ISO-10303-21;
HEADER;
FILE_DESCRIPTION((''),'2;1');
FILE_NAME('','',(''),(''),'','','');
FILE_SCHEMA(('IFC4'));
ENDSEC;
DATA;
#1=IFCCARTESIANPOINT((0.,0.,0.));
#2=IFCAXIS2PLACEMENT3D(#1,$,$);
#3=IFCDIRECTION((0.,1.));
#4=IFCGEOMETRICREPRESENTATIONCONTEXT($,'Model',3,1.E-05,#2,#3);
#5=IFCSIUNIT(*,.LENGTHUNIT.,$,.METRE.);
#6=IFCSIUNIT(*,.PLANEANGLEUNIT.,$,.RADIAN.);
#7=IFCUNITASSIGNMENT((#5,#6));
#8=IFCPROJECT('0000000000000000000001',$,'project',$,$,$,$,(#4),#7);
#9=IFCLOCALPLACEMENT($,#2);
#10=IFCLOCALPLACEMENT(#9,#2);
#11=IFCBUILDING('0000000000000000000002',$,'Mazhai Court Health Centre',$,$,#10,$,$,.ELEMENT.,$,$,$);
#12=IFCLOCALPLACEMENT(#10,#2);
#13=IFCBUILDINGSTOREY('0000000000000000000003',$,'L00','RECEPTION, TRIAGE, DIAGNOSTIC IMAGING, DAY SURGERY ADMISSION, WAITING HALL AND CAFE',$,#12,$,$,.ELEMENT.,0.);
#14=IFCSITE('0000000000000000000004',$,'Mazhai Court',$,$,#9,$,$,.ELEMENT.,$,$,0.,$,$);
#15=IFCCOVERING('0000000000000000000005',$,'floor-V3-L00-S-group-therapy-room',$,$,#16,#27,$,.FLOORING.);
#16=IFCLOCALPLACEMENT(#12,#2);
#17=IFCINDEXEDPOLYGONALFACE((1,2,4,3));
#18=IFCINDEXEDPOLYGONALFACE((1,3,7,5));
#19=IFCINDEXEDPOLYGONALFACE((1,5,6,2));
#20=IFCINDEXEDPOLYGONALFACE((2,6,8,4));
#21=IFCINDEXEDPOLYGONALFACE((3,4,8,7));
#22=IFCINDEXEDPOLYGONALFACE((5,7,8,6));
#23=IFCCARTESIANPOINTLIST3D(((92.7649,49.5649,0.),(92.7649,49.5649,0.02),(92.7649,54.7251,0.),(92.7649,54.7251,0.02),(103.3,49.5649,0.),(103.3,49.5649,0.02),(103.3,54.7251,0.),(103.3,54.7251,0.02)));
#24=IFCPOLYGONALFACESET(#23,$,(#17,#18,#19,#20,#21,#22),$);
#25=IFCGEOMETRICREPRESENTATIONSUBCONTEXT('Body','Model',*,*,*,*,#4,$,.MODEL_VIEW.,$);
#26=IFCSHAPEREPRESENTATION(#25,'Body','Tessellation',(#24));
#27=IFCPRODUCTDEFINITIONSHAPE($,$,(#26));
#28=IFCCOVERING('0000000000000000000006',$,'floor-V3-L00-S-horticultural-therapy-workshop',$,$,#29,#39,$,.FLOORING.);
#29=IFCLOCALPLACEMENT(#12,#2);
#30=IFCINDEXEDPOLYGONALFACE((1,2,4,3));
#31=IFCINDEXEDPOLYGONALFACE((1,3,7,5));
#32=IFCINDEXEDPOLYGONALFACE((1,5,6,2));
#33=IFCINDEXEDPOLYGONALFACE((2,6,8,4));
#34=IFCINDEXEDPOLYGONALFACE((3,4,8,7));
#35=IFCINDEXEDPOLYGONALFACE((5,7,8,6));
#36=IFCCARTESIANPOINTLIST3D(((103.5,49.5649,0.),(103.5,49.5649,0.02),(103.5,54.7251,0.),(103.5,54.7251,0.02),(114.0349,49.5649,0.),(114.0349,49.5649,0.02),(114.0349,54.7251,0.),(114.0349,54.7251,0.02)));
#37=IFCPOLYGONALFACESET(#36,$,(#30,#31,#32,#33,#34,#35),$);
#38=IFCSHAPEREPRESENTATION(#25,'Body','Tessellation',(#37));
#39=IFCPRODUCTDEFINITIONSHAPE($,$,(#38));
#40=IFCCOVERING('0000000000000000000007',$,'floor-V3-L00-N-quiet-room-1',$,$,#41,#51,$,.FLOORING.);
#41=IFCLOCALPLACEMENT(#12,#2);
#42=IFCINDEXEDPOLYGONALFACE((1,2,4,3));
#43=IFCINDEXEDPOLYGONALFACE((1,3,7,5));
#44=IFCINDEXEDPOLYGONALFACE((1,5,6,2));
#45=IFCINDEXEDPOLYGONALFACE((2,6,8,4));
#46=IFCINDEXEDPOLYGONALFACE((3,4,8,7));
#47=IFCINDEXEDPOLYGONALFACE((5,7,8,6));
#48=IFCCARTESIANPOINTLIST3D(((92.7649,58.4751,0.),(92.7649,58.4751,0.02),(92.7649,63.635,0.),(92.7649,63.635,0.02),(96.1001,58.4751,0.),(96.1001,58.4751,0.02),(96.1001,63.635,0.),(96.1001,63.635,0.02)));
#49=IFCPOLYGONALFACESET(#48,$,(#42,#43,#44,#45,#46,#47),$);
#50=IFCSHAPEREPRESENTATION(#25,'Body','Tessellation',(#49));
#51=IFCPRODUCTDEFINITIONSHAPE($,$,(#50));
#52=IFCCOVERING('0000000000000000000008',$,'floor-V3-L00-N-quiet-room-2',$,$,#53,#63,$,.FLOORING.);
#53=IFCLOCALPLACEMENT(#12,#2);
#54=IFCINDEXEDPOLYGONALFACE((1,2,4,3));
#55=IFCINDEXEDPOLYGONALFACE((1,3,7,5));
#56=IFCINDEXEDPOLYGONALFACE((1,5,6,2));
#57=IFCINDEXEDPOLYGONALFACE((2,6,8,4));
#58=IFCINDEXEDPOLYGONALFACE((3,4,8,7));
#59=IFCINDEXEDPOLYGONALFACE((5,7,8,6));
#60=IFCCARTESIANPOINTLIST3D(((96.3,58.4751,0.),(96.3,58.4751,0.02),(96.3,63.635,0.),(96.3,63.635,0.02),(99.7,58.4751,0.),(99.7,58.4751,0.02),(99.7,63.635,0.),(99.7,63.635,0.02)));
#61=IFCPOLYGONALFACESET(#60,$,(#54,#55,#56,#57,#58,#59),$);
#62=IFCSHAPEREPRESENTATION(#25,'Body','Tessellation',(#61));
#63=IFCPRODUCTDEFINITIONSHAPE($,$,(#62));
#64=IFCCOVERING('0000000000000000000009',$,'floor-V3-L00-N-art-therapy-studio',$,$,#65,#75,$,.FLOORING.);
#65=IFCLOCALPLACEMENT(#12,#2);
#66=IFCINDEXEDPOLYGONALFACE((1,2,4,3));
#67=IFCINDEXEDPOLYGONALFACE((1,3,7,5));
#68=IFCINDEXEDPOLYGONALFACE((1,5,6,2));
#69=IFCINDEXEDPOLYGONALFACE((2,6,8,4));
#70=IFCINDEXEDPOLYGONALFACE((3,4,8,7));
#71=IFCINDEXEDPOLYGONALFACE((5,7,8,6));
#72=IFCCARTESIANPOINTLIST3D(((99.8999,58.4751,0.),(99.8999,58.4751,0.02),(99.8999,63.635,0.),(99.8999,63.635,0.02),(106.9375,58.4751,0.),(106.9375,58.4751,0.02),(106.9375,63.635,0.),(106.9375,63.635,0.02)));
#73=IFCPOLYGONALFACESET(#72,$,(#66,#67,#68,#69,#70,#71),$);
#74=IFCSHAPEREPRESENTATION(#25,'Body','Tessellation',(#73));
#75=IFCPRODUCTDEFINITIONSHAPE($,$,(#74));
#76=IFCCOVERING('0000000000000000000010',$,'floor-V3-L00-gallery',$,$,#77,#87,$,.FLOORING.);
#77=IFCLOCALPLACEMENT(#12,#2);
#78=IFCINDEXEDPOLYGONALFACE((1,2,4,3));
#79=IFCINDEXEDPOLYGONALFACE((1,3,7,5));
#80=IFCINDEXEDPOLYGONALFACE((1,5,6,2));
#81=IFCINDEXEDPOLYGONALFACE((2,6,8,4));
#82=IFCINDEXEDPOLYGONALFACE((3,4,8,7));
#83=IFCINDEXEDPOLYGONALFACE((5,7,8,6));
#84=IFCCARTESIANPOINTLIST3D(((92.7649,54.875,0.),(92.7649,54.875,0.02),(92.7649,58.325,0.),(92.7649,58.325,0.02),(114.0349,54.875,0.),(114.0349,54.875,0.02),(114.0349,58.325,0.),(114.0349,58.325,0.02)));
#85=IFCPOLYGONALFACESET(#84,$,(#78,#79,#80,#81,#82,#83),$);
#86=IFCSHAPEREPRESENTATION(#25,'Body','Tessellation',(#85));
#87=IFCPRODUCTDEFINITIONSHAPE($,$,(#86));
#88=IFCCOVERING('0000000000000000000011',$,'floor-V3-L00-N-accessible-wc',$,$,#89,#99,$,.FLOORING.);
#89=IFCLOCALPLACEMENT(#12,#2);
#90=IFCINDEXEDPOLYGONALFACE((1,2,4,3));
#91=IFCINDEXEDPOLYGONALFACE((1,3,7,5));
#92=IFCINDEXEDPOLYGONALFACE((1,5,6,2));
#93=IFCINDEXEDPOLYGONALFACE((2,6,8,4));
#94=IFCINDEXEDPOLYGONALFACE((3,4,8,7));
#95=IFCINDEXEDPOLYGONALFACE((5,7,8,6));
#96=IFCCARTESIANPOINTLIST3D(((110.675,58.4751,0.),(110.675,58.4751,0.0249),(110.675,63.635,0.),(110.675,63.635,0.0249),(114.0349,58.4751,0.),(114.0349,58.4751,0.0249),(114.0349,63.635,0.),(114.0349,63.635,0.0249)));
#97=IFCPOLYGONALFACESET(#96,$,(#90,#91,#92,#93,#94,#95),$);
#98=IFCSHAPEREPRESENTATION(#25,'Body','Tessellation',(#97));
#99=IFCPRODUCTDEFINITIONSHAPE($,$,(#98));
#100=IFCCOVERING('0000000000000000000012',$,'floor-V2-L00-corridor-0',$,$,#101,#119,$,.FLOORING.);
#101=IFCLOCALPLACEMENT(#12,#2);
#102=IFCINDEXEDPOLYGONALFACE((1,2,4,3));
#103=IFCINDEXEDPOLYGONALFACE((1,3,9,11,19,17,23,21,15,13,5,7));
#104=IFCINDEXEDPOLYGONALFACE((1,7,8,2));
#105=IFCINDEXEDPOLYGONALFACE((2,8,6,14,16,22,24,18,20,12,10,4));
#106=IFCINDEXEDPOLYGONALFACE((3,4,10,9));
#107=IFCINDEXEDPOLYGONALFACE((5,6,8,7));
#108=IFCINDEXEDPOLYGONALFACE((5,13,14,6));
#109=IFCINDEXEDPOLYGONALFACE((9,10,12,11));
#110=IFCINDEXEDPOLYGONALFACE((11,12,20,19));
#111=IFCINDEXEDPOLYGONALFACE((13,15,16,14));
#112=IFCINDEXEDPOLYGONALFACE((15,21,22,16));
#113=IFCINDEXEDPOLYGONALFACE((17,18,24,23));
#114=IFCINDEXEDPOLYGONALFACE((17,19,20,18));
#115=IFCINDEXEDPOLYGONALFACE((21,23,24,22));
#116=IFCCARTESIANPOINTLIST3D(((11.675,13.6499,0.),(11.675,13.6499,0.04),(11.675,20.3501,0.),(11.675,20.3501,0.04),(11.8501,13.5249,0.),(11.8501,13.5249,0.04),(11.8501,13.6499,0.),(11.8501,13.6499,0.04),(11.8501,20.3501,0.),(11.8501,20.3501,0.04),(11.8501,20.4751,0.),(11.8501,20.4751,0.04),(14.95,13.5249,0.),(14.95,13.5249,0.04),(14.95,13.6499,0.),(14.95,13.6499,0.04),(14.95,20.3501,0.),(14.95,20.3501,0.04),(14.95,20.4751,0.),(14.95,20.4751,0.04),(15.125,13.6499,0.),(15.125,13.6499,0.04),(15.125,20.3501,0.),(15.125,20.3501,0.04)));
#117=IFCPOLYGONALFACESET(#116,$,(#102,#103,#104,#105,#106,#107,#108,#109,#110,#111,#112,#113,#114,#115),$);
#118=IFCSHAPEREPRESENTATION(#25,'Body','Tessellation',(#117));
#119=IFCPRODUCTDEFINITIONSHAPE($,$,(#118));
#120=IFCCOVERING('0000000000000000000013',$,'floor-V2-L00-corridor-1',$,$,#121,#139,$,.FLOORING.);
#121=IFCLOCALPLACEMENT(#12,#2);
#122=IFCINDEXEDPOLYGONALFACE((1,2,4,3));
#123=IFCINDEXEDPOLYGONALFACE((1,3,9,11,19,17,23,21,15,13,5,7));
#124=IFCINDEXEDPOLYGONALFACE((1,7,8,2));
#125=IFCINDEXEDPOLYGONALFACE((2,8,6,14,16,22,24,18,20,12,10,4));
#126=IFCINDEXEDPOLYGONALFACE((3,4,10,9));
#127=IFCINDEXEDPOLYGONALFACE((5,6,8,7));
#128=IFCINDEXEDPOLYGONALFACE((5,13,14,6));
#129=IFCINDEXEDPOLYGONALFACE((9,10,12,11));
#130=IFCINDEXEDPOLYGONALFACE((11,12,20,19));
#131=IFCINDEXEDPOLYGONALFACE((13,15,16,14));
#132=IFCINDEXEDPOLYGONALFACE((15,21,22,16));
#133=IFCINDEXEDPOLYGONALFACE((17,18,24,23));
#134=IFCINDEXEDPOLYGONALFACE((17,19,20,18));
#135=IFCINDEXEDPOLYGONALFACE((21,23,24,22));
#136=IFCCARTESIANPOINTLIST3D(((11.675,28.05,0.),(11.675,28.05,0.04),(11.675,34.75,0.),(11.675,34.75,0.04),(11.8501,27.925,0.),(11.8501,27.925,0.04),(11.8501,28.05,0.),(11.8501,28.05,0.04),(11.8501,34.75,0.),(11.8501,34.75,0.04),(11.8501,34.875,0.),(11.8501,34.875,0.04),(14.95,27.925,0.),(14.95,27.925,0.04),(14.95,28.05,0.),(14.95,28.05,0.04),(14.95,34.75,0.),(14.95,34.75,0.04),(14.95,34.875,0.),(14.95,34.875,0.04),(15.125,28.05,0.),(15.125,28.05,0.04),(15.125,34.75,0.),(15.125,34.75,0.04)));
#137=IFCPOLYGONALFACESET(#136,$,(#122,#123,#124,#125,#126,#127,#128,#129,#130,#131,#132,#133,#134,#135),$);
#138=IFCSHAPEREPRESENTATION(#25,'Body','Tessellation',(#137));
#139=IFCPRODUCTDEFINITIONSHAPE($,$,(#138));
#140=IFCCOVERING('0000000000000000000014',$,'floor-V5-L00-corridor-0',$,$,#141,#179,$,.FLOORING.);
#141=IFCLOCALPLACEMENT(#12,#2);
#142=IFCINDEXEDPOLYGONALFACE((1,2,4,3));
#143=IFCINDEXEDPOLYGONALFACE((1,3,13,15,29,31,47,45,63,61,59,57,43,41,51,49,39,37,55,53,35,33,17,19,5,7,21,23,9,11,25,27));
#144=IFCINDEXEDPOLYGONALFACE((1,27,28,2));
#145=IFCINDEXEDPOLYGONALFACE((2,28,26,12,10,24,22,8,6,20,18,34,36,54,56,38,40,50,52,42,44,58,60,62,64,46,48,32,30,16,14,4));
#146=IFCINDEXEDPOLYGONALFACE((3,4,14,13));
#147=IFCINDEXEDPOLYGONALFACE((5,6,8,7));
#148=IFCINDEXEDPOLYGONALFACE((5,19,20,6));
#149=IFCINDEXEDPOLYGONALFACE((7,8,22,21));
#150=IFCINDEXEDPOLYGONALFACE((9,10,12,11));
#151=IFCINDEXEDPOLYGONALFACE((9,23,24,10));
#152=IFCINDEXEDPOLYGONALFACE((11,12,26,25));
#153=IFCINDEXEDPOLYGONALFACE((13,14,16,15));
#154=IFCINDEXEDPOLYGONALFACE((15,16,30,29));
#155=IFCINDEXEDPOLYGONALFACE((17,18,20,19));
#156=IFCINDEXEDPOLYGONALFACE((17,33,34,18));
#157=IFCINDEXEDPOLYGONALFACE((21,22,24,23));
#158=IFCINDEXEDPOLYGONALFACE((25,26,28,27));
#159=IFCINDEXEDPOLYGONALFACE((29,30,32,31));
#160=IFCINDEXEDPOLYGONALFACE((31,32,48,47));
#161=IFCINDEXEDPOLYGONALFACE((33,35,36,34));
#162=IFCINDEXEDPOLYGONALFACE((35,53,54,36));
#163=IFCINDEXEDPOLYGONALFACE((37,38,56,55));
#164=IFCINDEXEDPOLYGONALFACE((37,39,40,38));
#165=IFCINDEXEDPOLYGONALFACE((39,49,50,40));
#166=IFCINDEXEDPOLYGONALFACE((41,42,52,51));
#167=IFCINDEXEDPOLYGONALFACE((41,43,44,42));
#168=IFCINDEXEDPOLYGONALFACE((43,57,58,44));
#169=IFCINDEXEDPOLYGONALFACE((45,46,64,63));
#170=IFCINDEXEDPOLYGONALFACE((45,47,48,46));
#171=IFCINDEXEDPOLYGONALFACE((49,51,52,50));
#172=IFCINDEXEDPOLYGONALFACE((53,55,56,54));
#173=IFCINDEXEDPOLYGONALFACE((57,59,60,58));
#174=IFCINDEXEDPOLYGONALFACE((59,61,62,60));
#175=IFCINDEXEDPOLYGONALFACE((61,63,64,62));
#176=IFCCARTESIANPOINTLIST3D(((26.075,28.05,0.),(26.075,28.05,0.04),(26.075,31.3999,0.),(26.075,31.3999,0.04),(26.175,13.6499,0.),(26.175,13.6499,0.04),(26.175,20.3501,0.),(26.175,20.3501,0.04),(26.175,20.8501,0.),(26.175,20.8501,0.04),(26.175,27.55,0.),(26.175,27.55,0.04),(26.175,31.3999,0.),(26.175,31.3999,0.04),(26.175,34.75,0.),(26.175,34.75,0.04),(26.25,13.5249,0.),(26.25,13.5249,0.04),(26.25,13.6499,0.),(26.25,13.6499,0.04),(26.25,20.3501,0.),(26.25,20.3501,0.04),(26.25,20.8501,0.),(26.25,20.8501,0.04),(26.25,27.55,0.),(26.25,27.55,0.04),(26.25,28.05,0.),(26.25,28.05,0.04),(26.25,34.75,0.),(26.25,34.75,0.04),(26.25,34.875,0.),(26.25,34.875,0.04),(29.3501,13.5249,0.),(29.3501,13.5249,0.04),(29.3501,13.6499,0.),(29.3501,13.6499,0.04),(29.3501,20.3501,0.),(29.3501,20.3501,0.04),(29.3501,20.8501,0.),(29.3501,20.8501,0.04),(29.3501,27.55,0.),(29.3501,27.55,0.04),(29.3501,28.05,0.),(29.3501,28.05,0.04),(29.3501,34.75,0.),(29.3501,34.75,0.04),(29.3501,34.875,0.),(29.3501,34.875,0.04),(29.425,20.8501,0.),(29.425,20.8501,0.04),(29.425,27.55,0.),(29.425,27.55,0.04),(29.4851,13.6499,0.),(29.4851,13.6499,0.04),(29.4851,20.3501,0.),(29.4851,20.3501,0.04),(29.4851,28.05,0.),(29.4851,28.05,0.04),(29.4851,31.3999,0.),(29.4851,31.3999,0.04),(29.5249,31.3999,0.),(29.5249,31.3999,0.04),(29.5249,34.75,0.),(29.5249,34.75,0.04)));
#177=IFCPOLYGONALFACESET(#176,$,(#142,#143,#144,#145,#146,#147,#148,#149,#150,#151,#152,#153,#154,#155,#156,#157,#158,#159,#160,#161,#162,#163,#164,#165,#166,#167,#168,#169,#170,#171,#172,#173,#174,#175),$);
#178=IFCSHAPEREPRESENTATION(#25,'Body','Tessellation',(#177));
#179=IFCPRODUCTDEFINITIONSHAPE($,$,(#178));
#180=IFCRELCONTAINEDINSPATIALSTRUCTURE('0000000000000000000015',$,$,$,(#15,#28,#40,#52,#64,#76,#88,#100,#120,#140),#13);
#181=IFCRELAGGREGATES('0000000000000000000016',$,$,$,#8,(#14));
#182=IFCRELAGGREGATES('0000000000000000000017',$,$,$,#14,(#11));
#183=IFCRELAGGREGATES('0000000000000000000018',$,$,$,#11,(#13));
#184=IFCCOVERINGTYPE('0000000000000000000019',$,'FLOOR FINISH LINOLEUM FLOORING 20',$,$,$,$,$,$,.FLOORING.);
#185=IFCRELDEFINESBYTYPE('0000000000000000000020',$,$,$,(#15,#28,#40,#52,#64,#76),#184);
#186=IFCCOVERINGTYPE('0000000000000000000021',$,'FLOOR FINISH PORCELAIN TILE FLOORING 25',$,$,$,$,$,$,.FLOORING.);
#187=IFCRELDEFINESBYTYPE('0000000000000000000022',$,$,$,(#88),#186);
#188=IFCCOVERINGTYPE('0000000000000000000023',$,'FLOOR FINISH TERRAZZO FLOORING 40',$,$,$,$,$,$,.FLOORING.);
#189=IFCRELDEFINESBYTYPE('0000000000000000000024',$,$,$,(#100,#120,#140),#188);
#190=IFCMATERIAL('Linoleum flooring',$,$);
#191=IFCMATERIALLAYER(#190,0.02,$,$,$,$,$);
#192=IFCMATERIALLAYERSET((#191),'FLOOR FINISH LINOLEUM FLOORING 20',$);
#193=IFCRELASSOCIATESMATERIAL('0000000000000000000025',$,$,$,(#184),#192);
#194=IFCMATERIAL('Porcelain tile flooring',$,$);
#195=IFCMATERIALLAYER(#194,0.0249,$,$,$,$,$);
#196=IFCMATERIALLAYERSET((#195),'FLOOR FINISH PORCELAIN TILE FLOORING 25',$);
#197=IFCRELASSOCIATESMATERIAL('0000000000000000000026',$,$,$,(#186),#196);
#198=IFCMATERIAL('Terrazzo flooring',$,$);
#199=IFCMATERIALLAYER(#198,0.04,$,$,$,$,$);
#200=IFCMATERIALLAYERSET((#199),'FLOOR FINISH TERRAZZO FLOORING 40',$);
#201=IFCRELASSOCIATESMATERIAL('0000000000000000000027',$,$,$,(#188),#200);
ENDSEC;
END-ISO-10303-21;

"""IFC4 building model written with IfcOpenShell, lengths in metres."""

from ifc_helpers import new_model, si_unit, direction, origin, place, context, subcontext, project, spatial, polyline, outline, extrude, material, layer, layer_set, type_object, element, save


model = new_model("IFC4")

# Units and contexts
model_context = context("Model", 3, precision=1e-05, world=origin(), true_north=direction((0.0, 1.0)))
body_context = subcontext(model_context, "Body", "Model", "MODEL_VIEW")
ifc_project = project(units=[si_unit("LENGTHUNIT", "METRE"), si_unit("PLANEANGLEUNIT", "RADIAN")], contexts=[model_context])

# Site, building, storey
site_placement = place(None, origin())
site = spatial("IfcSite", under=ifc_project, at=site_placement, Name="Mazhai Court", CompositionType="ELEMENT", RefElevation=0.0)
building_placement = place(site_placement, origin())
building = spatial("IfcBuilding", under=site, at=building_placement, Name="Mazhai Court Health Centre", CompositionType="ELEMENT")
storey_placement = place(building_placement, origin())
storey = spatial("IfcBuildingStorey", under=building, at=storey_placement, Name="L00", Description="RECEPTION, TRIAGE, DIAGNOSTIC IMAGING, DAY SURGERY ADMISSION, WAITING HALL AND CAFE", CompositionType="ELEMENT", Elevation=0.0)

# Coverings
ifc_material_1 = material(Name="Linoleum flooring")
ifc_layer_1 = layer(ifc_material_1, 0.02)
ifc_layer_set_1 = layer_set([ifc_layer_1], Name="FLOOR FINISH LINOLEUM FLOORING 20")
covering_type_1 = type_object("IfcCoveringType", Name="FLOOR FINISH LINOLEUM FLOORING 20", PredefinedType="FLOORING", material=ifc_layer_set_1)
covering_1_placement = place(storey_placement, origin())
element("IfcCovering", 1, at=covering_1_placement, inside=storey, type_object=covering_type_1, Name="floor-V3-L00-S-group-therapy-room", PredefinedType="FLOORING", context=body_context, shape_type="SweptSolid", body=[
    extrude(outline(polyline([(103.3, 49.5649), (103.3, 54.7251), (92.7649, 54.7251), (92.7649, 49.5649), (103.3, 49.5649)])), origin(), (0.0, 0.0, 1.0), 0.02),
])
covering_2_placement = place(storey_placement, origin())
element("IfcCovering", 2, at=covering_2_placement, inside=storey, type_object=covering_type_1, Name="floor-V3-L00-S-horticultural-therapy-workshop", PredefinedType="FLOORING", context=body_context, shape_type="SweptSolid", body=[
    extrude(outline(polyline([(114.0349, 49.5649), (114.0349, 54.7251), (103.5, 54.7251), (103.5, 49.5649), (114.0349, 49.5649)])), origin(), (0.0, 0.0, 1.0), 0.02),
])
covering_3_placement = place(storey_placement, origin())
element("IfcCovering", 3, at=covering_3_placement, inside=storey, type_object=covering_type_1, Name="floor-V3-L00-N-quiet-room-1", PredefinedType="FLOORING", context=body_context, shape_type="SweptSolid", body=[
    extrude(outline(polyline([(96.1001, 58.4751), (96.1001, 63.635), (92.7649, 63.635), (92.7649, 58.4751), (96.1001, 58.4751)])), origin(), (0.0, 0.0, 1.0), 0.02),
])
covering_4_placement = place(storey_placement, origin())
element("IfcCovering", 4, at=covering_4_placement, inside=storey, type_object=covering_type_1, Name="floor-V3-L00-N-quiet-room-2", PredefinedType="FLOORING", context=body_context, shape_type="SweptSolid", body=[
    extrude(outline(polyline([(99.7, 58.4751), (99.7, 63.635), (96.3, 63.635), (96.3, 58.4751), (99.7, 58.4751)])), origin(), (0.0, 0.0, 1.0), 0.02),
])
covering_5_placement = place(storey_placement, origin())
element("IfcCovering", 5, at=covering_5_placement, inside=storey, type_object=covering_type_1, Name="floor-V3-L00-N-art-therapy-studio", PredefinedType="FLOORING", context=body_context, shape_type="SweptSolid", body=[
    extrude(outline(polyline([(106.9375, 58.4751), (106.9375, 63.635), (99.8999, 63.635), (99.8999, 58.4751), (106.9375, 58.4751)])), origin(), (0.0, 0.0, 1.0), 0.02),
])
covering_6_placement = place(storey_placement, origin())
element("IfcCovering", 6, at=covering_6_placement, inside=storey, type_object=covering_type_1, Name="floor-V3-L00-gallery", PredefinedType="FLOORING", context=body_context, shape_type="SweptSolid", body=[
    extrude(outline(polyline([(114.0349, 58.325), (92.7649, 58.325), (92.7649, 54.875), (114.0349, 54.875), (114.0349, 58.325)])), origin(), (0.0, 0.0, 1.0), 0.02),
])
ifc_material_2 = material(Name="Porcelain tile flooring")
ifc_layer_2 = layer(ifc_material_2, 0.0249)
ifc_layer_set_2 = layer_set([ifc_layer_2], Name="FLOOR FINISH PORCELAIN TILE FLOORING 25")
covering_type_2 = type_object("IfcCoveringType", Name="FLOOR FINISH PORCELAIN TILE FLOORING 25", PredefinedType="FLOORING", material=ifc_layer_set_2)
covering_7_placement = place(storey_placement, origin())
element("IfcCovering", 7, at=covering_7_placement, inside=storey, type_object=covering_type_2, Name="floor-V3-L00-N-accessible-wc", PredefinedType="FLOORING", context=body_context, shape_type="SweptSolid", body=[
    extrude(outline(polyline([(114.0349, 58.4751), (114.0349, 63.635), (110.675, 63.635), (110.675, 58.4751), (114.0349, 58.4751)])), origin(), (0.0, 0.0, 1.0), 0.0249),
])
ifc_material_3 = material(Name="Terrazzo flooring")
ifc_layer_3 = layer(ifc_material_3, 0.04)
ifc_layer_set_3 = layer_set([ifc_layer_3], Name="FLOOR FINISH TERRAZZO FLOORING 40")
covering_type_3 = type_object("IfcCoveringType", Name="FLOOR FINISH TERRAZZO FLOORING 40", PredefinedType="FLOORING", material=ifc_layer_set_3)
covering_8_placement = place(storey_placement, origin())
element("IfcCovering", 8, at=covering_8_placement, inside=storey, type_object=covering_type_3, Name="floor-V2-L00-corridor-0", PredefinedType="FLOORING", context=body_context, shape_type="SweptSolid", body=[
    extrude(outline(polyline([(14.95, 13.5249), (14.95, 13.6499), (15.125, 13.6499), (15.125, 20.3501), (14.95, 20.3501), (14.95, 20.4751), (11.8501, 20.4751), (11.8501, 20.3501), (11.675, 20.3501), (11.675, 13.6499), (11.8501, 13.6499), (11.8501, 13.5249), (14.95, 13.5249)])), origin(), (0.0, 0.0, 1.0), 0.04),
])
covering_9_placement = place(storey_placement, origin())
element("IfcCovering", 9, at=covering_9_placement, inside=storey, type_object=covering_type_3, Name="floor-V2-L00-corridor-1", PredefinedType="FLOORING", context=body_context, shape_type="SweptSolid", body=[
    extrude(outline(polyline([(14.95, 27.925), (14.95, 28.05), (15.125, 28.05), (15.125, 34.75), (14.95, 34.75), (14.95, 34.875), (11.8501, 34.875), (11.8501, 34.75), (11.675, 34.75), (11.675, 28.05), (11.8501, 28.05), (11.8501, 27.925), (14.95, 27.925)])), origin(), (0.0, 0.0, 1.0), 0.04),
])
covering_10_placement = place(storey_placement, origin())
element("IfcCovering", 10, at=covering_10_placement, inside=storey, type_object=covering_type_3, Name="floor-V5-L00-corridor-0", PredefinedType="FLOORING", context=body_context, shape_type="SweptSolid", body=[
    extrude(outline(polyline([(29.3501, 13.5249), (29.3501, 13.6499), (29.4851, 13.6499), (29.4851, 20.3501), (29.3501, 20.3501), (29.3501, 20.8501), (29.425, 20.8501), (29.425, 27.55), (29.3501, 27.55), (29.3501, 28.05), (29.4851, 28.05), (29.4851, 31.3999), (29.5249, 31.3999), (29.5249, 34.75), (29.3501, 34.75), (29.3501, 34.875), (26.25, 34.875), (26.25, 34.75), (26.175, 34.75), (26.175, 31.3999), (26.075, 31.3999), (26.075, 28.05), (26.25, 28.05), (26.25, 27.55), (26.175, 27.55), (26.175, 20.8501), (26.25, 20.8501), (26.25, 20.3501), (26.175, 20.3501), (26.175, 13.6499), (26.25, 13.6499), (26.25, 13.5249), (29.3501, 13.5249)])), origin(), (0.0, 0.0, 1.0), 0.04),
])

save(model, "model.ifc")
